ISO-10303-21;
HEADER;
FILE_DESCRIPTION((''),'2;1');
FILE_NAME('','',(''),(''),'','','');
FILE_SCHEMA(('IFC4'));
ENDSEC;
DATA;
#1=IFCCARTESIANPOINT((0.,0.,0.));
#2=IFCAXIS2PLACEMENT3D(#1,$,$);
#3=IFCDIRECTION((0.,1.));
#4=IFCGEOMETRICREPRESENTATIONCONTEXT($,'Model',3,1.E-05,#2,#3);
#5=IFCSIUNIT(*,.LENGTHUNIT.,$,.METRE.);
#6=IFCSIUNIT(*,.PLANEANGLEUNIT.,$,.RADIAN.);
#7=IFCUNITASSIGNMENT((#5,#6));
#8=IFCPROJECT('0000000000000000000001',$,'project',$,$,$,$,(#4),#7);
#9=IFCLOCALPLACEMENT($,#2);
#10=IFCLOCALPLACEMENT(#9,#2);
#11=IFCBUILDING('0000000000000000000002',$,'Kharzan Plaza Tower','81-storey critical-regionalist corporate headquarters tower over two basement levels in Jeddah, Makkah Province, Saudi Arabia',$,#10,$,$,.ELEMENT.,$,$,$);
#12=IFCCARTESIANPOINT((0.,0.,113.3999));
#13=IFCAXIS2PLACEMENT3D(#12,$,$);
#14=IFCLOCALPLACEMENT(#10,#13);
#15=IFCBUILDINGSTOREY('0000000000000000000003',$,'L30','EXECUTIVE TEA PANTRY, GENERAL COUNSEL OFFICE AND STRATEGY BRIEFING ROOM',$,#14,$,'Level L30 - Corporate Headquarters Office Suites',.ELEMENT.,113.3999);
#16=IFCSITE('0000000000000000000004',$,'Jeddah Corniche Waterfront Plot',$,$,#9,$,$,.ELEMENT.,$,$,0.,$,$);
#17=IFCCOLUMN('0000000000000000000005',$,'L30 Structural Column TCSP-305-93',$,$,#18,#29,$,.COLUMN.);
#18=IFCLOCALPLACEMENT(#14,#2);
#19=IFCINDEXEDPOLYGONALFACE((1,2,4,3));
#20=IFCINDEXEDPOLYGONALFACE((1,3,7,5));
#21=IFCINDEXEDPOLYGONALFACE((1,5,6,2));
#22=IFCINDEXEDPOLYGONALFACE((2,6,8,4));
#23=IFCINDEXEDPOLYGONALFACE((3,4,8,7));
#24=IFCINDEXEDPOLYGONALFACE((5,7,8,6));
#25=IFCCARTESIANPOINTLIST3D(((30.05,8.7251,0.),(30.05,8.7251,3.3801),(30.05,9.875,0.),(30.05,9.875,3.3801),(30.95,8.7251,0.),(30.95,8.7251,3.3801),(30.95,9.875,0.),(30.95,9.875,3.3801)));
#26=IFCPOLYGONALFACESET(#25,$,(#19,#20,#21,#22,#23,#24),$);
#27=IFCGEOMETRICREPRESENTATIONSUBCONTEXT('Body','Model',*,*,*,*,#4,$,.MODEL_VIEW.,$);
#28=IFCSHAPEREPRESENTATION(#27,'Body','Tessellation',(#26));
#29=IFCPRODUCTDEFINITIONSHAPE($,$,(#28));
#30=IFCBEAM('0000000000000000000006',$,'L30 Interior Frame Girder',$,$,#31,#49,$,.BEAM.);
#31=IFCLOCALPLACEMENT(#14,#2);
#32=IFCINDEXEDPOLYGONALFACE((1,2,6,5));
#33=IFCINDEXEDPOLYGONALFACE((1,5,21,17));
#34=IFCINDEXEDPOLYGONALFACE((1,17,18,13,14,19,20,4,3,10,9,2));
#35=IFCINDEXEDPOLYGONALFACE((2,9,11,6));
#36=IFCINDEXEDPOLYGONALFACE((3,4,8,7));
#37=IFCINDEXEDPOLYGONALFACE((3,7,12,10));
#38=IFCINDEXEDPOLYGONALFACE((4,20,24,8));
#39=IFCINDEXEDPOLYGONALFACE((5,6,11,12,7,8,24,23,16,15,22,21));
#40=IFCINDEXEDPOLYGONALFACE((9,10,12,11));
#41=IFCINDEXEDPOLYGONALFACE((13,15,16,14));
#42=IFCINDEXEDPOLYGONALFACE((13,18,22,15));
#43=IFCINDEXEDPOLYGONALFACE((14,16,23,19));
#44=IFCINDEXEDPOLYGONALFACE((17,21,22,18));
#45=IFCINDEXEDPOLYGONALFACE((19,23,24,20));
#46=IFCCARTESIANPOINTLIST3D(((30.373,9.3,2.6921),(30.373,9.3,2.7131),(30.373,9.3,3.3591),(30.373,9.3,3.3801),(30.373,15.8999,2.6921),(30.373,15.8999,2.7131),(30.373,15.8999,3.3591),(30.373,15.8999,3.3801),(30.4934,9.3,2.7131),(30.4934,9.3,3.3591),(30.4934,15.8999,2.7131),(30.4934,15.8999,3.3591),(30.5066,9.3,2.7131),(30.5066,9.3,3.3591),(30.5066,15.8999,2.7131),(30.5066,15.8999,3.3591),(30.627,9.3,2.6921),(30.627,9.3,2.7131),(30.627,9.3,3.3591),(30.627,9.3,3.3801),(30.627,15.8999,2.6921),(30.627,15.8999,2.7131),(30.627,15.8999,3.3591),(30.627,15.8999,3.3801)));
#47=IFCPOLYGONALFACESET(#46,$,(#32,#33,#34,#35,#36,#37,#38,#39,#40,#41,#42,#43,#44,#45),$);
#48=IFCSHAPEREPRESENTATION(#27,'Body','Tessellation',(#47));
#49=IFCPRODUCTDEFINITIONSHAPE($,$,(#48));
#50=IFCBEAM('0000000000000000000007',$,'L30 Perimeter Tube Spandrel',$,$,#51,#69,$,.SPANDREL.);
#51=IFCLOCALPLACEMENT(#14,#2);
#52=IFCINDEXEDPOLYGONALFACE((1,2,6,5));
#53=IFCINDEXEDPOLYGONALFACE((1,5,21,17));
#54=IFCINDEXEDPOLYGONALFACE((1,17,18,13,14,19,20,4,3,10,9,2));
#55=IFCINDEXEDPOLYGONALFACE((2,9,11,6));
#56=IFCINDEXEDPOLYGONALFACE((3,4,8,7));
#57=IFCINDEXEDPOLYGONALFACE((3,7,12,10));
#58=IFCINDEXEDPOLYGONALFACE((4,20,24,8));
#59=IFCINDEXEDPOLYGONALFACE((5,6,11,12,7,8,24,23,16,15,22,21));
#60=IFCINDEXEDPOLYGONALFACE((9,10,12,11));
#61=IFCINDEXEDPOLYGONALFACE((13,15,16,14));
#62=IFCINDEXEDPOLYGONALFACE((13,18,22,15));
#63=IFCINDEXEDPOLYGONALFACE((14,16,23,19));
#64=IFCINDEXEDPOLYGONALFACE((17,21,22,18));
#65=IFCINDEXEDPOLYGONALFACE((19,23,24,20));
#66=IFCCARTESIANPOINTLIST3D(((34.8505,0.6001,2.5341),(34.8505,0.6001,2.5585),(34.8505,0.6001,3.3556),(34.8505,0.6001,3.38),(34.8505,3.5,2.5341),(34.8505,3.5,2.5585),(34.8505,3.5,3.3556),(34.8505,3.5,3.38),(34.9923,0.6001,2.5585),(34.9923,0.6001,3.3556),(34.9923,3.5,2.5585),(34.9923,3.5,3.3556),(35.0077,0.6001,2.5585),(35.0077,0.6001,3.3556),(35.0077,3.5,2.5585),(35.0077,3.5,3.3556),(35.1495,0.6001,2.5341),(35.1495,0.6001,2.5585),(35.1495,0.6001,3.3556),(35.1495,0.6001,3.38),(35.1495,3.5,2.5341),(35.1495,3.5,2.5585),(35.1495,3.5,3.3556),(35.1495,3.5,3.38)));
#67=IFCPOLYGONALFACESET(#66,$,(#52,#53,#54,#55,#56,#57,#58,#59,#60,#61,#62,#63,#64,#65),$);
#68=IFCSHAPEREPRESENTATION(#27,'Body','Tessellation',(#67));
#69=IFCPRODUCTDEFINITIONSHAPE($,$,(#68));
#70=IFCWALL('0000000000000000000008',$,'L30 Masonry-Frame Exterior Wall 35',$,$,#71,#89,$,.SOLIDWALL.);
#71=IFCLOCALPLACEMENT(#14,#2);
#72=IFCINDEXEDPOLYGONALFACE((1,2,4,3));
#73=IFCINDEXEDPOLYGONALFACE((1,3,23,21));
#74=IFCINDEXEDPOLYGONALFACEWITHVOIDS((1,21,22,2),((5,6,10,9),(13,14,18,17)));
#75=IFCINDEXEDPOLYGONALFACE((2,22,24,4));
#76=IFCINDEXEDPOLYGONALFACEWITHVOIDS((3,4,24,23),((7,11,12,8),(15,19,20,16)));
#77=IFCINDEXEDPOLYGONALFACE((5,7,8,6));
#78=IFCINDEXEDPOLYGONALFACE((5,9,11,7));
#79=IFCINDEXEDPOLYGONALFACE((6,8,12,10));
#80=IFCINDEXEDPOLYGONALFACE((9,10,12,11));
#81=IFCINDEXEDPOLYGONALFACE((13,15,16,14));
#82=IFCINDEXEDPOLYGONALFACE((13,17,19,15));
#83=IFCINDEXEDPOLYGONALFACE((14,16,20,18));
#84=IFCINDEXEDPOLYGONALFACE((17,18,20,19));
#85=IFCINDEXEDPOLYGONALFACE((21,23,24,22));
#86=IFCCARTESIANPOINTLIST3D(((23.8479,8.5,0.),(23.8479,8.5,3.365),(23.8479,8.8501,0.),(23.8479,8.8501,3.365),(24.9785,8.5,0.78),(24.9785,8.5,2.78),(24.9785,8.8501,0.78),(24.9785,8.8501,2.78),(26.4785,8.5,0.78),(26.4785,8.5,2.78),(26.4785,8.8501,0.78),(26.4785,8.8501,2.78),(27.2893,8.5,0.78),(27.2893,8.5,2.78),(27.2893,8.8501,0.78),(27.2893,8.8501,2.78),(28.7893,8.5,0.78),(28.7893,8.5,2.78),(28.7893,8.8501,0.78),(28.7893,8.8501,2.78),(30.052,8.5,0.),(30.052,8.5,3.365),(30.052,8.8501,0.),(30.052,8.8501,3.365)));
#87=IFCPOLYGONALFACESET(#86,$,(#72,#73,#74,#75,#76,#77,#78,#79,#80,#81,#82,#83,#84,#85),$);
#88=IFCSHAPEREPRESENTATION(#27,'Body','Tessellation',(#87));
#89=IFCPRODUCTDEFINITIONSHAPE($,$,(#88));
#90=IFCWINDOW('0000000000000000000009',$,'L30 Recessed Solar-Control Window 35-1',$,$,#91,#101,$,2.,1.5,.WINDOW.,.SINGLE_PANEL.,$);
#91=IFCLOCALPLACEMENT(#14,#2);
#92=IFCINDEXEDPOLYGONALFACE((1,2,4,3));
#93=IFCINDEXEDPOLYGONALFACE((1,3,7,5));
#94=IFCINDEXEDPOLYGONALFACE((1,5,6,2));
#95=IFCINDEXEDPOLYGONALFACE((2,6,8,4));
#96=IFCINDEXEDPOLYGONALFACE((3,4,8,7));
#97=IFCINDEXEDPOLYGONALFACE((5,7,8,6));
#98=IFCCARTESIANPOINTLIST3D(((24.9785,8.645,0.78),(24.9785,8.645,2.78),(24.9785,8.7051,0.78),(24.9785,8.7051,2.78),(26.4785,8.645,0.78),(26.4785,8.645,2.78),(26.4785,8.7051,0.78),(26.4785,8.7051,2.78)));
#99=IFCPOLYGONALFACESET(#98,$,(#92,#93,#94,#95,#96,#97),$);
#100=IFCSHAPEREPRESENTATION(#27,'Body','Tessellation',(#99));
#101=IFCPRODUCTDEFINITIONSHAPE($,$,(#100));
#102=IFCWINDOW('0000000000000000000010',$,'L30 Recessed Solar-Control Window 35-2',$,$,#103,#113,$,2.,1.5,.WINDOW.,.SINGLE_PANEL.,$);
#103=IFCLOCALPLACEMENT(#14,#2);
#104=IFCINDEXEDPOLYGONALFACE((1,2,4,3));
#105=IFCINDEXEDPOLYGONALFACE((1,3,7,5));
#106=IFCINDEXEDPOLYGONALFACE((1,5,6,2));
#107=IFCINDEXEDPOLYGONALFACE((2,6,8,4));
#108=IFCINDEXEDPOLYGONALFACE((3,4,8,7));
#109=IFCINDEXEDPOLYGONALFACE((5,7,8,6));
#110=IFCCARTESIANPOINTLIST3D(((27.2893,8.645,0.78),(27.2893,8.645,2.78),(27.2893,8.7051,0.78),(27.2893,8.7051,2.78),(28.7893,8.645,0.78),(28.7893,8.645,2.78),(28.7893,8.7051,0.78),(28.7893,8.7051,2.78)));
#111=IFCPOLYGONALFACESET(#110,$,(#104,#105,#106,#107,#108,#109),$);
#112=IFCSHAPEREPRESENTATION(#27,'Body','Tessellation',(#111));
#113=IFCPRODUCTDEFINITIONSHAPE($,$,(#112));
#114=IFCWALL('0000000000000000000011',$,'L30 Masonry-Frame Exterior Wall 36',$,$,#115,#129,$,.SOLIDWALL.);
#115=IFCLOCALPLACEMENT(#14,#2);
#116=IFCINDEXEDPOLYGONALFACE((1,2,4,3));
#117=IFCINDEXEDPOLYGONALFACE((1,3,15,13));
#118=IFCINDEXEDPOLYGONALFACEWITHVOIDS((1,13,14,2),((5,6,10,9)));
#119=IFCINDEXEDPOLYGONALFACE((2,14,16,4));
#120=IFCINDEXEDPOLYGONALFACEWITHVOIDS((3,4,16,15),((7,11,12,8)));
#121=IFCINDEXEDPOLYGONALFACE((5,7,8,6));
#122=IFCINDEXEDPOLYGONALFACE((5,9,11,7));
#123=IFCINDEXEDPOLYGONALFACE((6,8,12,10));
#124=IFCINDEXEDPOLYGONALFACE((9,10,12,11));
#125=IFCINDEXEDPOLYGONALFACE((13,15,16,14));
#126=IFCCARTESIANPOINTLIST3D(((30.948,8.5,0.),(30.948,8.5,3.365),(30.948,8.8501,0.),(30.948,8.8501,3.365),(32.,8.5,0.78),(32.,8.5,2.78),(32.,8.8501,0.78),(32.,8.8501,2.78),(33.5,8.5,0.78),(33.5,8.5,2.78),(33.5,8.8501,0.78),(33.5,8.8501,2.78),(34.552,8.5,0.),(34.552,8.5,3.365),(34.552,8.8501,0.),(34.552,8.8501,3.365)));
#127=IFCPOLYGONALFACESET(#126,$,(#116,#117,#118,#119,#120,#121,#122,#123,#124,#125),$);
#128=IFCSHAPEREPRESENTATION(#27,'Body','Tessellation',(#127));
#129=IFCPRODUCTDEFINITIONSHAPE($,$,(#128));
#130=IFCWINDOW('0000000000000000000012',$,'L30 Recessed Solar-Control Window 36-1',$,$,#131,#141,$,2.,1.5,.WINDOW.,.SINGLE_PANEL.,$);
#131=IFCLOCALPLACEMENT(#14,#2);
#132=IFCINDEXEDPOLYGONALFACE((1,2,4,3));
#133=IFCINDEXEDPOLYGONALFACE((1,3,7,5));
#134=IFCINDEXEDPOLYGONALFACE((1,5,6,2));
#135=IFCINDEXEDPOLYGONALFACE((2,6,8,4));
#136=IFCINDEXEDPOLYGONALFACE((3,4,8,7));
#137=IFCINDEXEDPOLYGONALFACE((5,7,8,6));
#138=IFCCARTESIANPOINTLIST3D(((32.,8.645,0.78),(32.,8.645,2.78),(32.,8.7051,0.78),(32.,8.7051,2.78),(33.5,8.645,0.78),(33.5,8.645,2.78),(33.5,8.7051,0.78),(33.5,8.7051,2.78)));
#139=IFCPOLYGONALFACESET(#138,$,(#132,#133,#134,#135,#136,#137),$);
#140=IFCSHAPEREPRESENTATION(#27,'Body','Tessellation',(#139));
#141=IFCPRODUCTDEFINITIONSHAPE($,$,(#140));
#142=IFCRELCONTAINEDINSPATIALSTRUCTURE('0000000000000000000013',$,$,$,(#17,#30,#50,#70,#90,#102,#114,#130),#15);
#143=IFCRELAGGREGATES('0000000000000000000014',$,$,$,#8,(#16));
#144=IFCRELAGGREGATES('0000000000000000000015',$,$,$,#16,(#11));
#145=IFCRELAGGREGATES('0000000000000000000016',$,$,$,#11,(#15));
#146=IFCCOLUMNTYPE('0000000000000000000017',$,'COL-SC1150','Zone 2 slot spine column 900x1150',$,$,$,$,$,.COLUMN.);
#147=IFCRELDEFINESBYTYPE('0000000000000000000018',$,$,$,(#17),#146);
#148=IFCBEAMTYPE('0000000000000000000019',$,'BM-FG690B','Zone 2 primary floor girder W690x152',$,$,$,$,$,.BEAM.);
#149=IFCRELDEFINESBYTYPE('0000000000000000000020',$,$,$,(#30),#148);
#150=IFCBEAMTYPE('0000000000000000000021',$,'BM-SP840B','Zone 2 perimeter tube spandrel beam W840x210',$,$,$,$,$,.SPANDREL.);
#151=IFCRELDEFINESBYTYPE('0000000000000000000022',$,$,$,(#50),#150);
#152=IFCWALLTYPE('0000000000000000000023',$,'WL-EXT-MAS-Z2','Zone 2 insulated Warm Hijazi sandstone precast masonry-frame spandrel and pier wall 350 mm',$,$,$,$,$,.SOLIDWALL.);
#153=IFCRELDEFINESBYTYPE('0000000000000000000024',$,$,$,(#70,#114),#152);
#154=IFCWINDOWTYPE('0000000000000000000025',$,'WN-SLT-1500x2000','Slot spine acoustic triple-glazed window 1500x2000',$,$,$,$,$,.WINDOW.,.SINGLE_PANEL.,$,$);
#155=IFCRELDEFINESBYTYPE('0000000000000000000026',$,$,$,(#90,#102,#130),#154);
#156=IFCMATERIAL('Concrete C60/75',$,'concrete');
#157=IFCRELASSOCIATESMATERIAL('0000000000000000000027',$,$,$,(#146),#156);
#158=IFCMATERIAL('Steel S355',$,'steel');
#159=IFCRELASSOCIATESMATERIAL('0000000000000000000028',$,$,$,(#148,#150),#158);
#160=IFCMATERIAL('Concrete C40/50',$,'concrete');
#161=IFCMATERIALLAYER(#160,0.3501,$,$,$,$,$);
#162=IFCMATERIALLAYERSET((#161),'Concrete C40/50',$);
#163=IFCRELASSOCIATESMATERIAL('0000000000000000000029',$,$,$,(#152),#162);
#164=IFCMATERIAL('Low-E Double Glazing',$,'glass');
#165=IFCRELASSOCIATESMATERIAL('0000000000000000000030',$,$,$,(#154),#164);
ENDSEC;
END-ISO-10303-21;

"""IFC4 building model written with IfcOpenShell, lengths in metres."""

from ifc_helpers import new_model, si_unit, direction, frame, frame_2d, origin, origin_2d, place, context, subcontext, project, spatial, rectangle, i_section, extrude, source, transform, mapped, material, layer, layer_set, material_profile, profile_set, type_object, element, fill, save


model = new_model("IFC4")

# Units and contexts
model_context = context("Model", 3, precision=1e-05, world=origin(), true_north=direction((0.0, 1.0)))
body_context = subcontext(model_context, "Body", "Model", "MODEL_VIEW")
ifc_project = project(units=[si_unit("LENGTHUNIT", "METRE"), si_unit("PLANEANGLEUNIT", "RADIAN")], contexts=[model_context])

# Site, building, storey
site_placement = place(None, origin())
site = spatial("IfcSite", under=ifc_project, at=site_placement, Name="Jeddah Corniche Waterfront Plot", CompositionType="ELEMENT", RefElevation=0.0)
building_placement = place(site_placement, origin())
building = spatial("IfcBuilding", under=site, at=building_placement, Name="Kharzan Plaza Tower", Description="81-storey critical-regionalist corporate headquarters tower over two basement levels in Jeddah, Makkah Province, Saudi Arabia", CompositionType="ELEMENT")
storey_placement = place(building_placement, frame((0.0, 0.0, 113.3999)))
storey = spatial("IfcBuildingStorey", under=building, at=storey_placement, Name="L30", Description="EXECUTIVE TEA PANTRY, GENERAL COUNSEL OFFICE AND STRATEGY BRIEFING ROOM", LongName="Level L30 - Corporate Headquarters Office Suites", CompositionType="ELEMENT", Elevation=113.3999)

# Column
ifc_material_1 = material(Name="Concrete C60/75", Category="concrete")
ifc_material_profile_1 = material_profile(ifc_material_1, rectangle(XDim=0.8999, YDim=1.1499, at=origin_2d()), Name="RC-SC1150x900")
ifc_profile_set_1 = profile_set([ifc_material_profile_1], Name="Concrete C60/75")
column_type = type_object("IfcColumnType", Name="COL-SC1150", Description="Zone 2 slot spine column 900x1150", PredefinedType="COLUMN", material=ifc_profile_set_1)
shared_shape_1 = source(origin(), body_context, "Body", "SweptSolid", [
    extrude(rectangle(XDim=0.8999, YDim=1.1499, at=origin_2d()), origin(), (0.0, 0.0, 1.0), 3.3801),
])
column_placement = place(storey_placement, frame((30.5, 9.3, 0.0), z_axis=(0.0, 0.0, 1.0), x_axis=(1.0, 0.0, 0.0)))
element("IfcColumn", 1, at=column_placement, inside=storey, type_object=column_type, Name="L30 Structural Column TCSP-305-93", PredefinedType="COLUMN", context=body_context, shape_type="MappedRepresentation", body=[
    mapped(shared_shape_1, transform((0.0, 0.0, 0.0), x_axis=(1.0, 0.0, 0.0), y_axis=(0.0, 1.0, 0.0), z_axis=(0.0, 0.0, 1.0))),
])

# Beams
ifc_material_2 = material(Name="Steel S355", Category="steel")
ifc_material_profile_2 = material_profile(ifc_material_2, i_section(OverallWidth=0.2539, OverallDepth=0.688, WebThickness=0.0132, FlangeThickness=0.021, at=origin_2d()), Name="W690x152")
ifc_profile_set_2 = profile_set([ifc_material_profile_2], Name="Steel S355")
beam_type_1 = type_object("IfcBeamType", Name="BM-FG690B", Description="Zone 2 primary floor girder W690x152", PredefinedType="BEAM", material=ifc_profile_set_2)
shared_shape_2 = source(origin(), body_context, "Body", "SweptSolid", [
    extrude(i_section(OverallWidth=0.2539, OverallDepth=0.688, WebThickness=0.0132, FlangeThickness=0.021, at=origin_2d()), origin(), (0.0, 0.0, 1.0), 6.5999),
])
beam_1_placement = place(storey_placement, frame((30.5, 9.3, 3.0361), z_axis=(0.0, 1.0, 0.0), x_axis=(-1.0, 0.0, 0.0)))
element("IfcBeam", 2, at=beam_1_placement, inside=storey, type_object=beam_type_1, Name="L30 Interior Frame Girder", PredefinedType="BEAM", context=body_context, shape_type="MappedRepresentation", body=[
    mapped(shared_shape_2, transform((0.0, 0.0, 0.0), x_axis=(1.0, 0.0, 0.0), y_axis=(0.0, 1.0, 0.0), z_axis=(0.0, 0.0, 1.0))),
])
ifc_material_profile_3 = material_profile(ifc_material_2, i_section(OverallWidth=0.2991, OverallDepth=0.8459, WebThickness=0.0154, FlangeThickness=0.0244, at=origin_2d()), Name="W840x210")
ifc_profile_set_3 = profile_set([ifc_material_profile_3], Name="Steel S355")
beam_type_2 = type_object("IfcBeamType", Name="BM-SP840B", Description="Zone 2 perimeter tube spandrel beam W840x210", PredefinedType="SPANDREL", material=ifc_profile_set_3)
shared_shape_3 = source(origin(), body_context, "Body", "SweptSolid", [
    extrude(i_section(OverallWidth=0.2991, OverallDepth=0.8459, WebThickness=0.0154, FlangeThickness=0.0244, at=origin_2d()), origin(), (0.0, 0.0, 1.0), 2.8999),
])
beam_2_placement = place(storey_placement, frame((35.0, 0.6001, 2.957), z_axis=(0.0, 1.0, 0.0), x_axis=(-1.0, 0.0, 0.0)))
element("IfcBeam", 3, at=beam_2_placement, inside=storey, type_object=beam_type_2, Name="L30 Perimeter Tube Spandrel", PredefinedType="SPANDREL", context=body_context, shape_type="MappedRepresentation", body=[
    mapped(shared_shape_3, transform((0.0, 0.0, 0.0), x_axis=(1.0, 0.0, 0.0), y_axis=(0.0, 1.0, 0.0), z_axis=(0.0, 0.0, 1.0))),
])

# Wall, openings, windows
ifc_material_3 = material(Name="Concrete C40/50", Category="concrete")
ifc_layer_1 = layer(ifc_material_3, 0.3501)
ifc_layer_set_1 = layer_set([ifc_layer_1], Name="Concrete C40/50")
wall_type_1 = type_object("IfcWallType", Name="WL-EXT-MAS-Z2", Description="Zone 2 insulated Warm Hijazi sandstone precast masonry-frame spandrel and pier wall 350 mm", PredefinedType="SOLIDWALL", material=ifc_layer_set_1)
wall_1_placement = place(storey_placement, frame((23.8479, 8.675, 0.0), z_axis=(0.0, 0.0, 1.0), x_axis=(1.0, 0.0, 0.0)))
wall_1 = element("IfcWall", 4, at=wall_1_placement, inside=storey, type_object=wall_type_1, Name="L30 Masonry-Frame Exterior Wall 35", PredefinedType="SOLIDWALL", context=body_context, shape_type="SweptSolid", body=[
    extrude(rectangle(XDim=6.2041, YDim=0.3501, at=frame_2d((3.1021, 0.0))), origin(), (0.0, 0.0, 1.0), 3.365),
])
opening_1_placement = place(wall_1_placement, frame((1.1306, 0.0, 0.78)))
opening_1 = element("IfcOpeningElement", 5, at=opening_1_placement, cuts=wall_1, PredefinedType="OPENING", context=body_context, shape_type="SweptSolid", body=[
    extrude(rectangle(XDim=1.5, YDim=2.0, at=frame_2d((0.75, 1.0))), frame((0.0, 0.1851, 0.0), z_axis=(0.0, -1.0, 0.0), x_axis=(1.0, 0.0, 0.0)), (0.0, 0.0, 1.0), 0.3701),
])
opening_2_placement = place(wall_1_placement, frame((3.4414, 0.0, 0.78)))
opening_2 = element("IfcOpeningElement", 6, at=opening_2_placement, cuts=wall_1, PredefinedType="OPENING", context=body_context, shape_type="SweptSolid", body=[
    extrude(rectangle(XDim=1.5, YDim=2.0, at=frame_2d((0.75, 1.0))), frame((0.0, 0.1851, 0.0), z_axis=(0.0, -1.0, 0.0), x_axis=(1.0, 0.0, 0.0)), (0.0, 0.0, 1.0), 0.3701),
])
ifc_material_4 = material(Name="Low-E Double Glazing", Category="glass")
window_type = type_object("IfcWindowType", Name="WN-SLT-1500x2000", Description="Slot spine acoustic triple-glazed window 1500x2000", PartitioningType="SINGLE_PANEL", PredefinedType="WINDOW", material=ifc_material_4)
shared_shape_4 = source(origin(), body_context, "Body", "SweptSolid", [
    extrude(rectangle(XDim=1.5, YDim=2.0, at=frame_2d((0.75, 1.0))), frame((0.0, 0.03, 0.0), z_axis=(0.0, -1.0, 0.0), x_axis=(1.0, 0.0, 0.0)), (0.0, 0.0, 1.0), 0.0601),
])
window_1_placement = place(opening_1_placement, origin())
window_1 = element("IfcWindow", 7, at=window_1_placement, inside=storey, type_object=window_type, Name="L30 Recessed Solar-Control Window 35-1", OverallHeight=2.0, OverallWidth=1.5, PartitioningType="SINGLE_PANEL", PredefinedType="WINDOW", context=body_context, shape_type="MappedRepresentation", body=[
    mapped(shared_shape_4, transform((0.0, 0.0, 0.0), x_axis=(1.0, 0.0, 0.0), y_axis=(0.0, 1.0, 0.0), z_axis=(0.0, 0.0, 1.0))),
])
fill(opening_1, window_1)
window_2_placement = place(opening_2_placement, origin())
window_2 = element("IfcWindow", 8, at=window_2_placement, inside=storey, type_object=window_type, Name="L30 Recessed Solar-Control Window 35-2", OverallHeight=2.0, OverallWidth=1.5, PartitioningType="SINGLE_PANEL", PredefinedType="WINDOW", context=body_context, shape_type="MappedRepresentation", body=[
    mapped(shared_shape_4, transform((0.0, 0.0, 0.0), x_axis=(1.0, 0.0, 0.0), y_axis=(0.0, 1.0, 0.0), z_axis=(0.0, 0.0, 1.0))),
])
fill(opening_2, window_2)

# Wall, opening, window
wall_2_placement = place(storey_placement, frame((30.948, 8.675, 0.0), z_axis=(0.0, 0.0, 1.0), x_axis=(1.0, 0.0, 0.0)))
wall_2 = element("IfcWall", 9, at=wall_2_placement, inside=storey, type_object=wall_type_1, Name="L30 Masonry-Frame Exterior Wall 36", PredefinedType="SOLIDWALL", context=body_context, shape_type="SweptSolid", body=[
    extrude(rectangle(XDim=3.604, YDim=0.3501, at=frame_2d((1.802, 0.0))), origin(), (0.0, 0.0, 1.0), 3.365),
])
opening_3_placement = place(wall_2_placement, frame((1.052, 0.0, 0.78)))
opening_3 = element("IfcOpeningElement", 10, at=opening_3_placement, cuts=wall_2, PredefinedType="OPENING", context=body_context, shape_type="SweptSolid", body=[
    extrude(rectangle(XDim=1.5, YDim=2.0, at=frame_2d((0.75, 1.0))), frame((0.0, 0.1851, 0.0), z_axis=(0.0, -1.0, 0.0), x_axis=(1.0, 0.0, 0.0)), (0.0, 0.0, 1.0), 0.3701),
])
window_3_placement = place(opening_3_placement, origin())
window_3 = element("IfcWindow", 11, at=window_3_placement, inside=storey, type_object=window_type, Name="L30 Recessed Solar-Control Window 36-1", OverallHeight=2.0, OverallWidth=1.5, PartitioningType="SINGLE_PANEL", PredefinedType="WINDOW", context=body_context, shape_type="MappedRepresentation", body=[
    mapped(shared_shape_4, transform((0.0, 0.0, 0.0), x_axis=(1.0, 0.0, 0.0), y_axis=(0.0, 1.0, 0.0), z_axis=(0.0, 0.0, 1.0))),
])
fill(opening_3, window_3)

save(model, "model.ifc")
